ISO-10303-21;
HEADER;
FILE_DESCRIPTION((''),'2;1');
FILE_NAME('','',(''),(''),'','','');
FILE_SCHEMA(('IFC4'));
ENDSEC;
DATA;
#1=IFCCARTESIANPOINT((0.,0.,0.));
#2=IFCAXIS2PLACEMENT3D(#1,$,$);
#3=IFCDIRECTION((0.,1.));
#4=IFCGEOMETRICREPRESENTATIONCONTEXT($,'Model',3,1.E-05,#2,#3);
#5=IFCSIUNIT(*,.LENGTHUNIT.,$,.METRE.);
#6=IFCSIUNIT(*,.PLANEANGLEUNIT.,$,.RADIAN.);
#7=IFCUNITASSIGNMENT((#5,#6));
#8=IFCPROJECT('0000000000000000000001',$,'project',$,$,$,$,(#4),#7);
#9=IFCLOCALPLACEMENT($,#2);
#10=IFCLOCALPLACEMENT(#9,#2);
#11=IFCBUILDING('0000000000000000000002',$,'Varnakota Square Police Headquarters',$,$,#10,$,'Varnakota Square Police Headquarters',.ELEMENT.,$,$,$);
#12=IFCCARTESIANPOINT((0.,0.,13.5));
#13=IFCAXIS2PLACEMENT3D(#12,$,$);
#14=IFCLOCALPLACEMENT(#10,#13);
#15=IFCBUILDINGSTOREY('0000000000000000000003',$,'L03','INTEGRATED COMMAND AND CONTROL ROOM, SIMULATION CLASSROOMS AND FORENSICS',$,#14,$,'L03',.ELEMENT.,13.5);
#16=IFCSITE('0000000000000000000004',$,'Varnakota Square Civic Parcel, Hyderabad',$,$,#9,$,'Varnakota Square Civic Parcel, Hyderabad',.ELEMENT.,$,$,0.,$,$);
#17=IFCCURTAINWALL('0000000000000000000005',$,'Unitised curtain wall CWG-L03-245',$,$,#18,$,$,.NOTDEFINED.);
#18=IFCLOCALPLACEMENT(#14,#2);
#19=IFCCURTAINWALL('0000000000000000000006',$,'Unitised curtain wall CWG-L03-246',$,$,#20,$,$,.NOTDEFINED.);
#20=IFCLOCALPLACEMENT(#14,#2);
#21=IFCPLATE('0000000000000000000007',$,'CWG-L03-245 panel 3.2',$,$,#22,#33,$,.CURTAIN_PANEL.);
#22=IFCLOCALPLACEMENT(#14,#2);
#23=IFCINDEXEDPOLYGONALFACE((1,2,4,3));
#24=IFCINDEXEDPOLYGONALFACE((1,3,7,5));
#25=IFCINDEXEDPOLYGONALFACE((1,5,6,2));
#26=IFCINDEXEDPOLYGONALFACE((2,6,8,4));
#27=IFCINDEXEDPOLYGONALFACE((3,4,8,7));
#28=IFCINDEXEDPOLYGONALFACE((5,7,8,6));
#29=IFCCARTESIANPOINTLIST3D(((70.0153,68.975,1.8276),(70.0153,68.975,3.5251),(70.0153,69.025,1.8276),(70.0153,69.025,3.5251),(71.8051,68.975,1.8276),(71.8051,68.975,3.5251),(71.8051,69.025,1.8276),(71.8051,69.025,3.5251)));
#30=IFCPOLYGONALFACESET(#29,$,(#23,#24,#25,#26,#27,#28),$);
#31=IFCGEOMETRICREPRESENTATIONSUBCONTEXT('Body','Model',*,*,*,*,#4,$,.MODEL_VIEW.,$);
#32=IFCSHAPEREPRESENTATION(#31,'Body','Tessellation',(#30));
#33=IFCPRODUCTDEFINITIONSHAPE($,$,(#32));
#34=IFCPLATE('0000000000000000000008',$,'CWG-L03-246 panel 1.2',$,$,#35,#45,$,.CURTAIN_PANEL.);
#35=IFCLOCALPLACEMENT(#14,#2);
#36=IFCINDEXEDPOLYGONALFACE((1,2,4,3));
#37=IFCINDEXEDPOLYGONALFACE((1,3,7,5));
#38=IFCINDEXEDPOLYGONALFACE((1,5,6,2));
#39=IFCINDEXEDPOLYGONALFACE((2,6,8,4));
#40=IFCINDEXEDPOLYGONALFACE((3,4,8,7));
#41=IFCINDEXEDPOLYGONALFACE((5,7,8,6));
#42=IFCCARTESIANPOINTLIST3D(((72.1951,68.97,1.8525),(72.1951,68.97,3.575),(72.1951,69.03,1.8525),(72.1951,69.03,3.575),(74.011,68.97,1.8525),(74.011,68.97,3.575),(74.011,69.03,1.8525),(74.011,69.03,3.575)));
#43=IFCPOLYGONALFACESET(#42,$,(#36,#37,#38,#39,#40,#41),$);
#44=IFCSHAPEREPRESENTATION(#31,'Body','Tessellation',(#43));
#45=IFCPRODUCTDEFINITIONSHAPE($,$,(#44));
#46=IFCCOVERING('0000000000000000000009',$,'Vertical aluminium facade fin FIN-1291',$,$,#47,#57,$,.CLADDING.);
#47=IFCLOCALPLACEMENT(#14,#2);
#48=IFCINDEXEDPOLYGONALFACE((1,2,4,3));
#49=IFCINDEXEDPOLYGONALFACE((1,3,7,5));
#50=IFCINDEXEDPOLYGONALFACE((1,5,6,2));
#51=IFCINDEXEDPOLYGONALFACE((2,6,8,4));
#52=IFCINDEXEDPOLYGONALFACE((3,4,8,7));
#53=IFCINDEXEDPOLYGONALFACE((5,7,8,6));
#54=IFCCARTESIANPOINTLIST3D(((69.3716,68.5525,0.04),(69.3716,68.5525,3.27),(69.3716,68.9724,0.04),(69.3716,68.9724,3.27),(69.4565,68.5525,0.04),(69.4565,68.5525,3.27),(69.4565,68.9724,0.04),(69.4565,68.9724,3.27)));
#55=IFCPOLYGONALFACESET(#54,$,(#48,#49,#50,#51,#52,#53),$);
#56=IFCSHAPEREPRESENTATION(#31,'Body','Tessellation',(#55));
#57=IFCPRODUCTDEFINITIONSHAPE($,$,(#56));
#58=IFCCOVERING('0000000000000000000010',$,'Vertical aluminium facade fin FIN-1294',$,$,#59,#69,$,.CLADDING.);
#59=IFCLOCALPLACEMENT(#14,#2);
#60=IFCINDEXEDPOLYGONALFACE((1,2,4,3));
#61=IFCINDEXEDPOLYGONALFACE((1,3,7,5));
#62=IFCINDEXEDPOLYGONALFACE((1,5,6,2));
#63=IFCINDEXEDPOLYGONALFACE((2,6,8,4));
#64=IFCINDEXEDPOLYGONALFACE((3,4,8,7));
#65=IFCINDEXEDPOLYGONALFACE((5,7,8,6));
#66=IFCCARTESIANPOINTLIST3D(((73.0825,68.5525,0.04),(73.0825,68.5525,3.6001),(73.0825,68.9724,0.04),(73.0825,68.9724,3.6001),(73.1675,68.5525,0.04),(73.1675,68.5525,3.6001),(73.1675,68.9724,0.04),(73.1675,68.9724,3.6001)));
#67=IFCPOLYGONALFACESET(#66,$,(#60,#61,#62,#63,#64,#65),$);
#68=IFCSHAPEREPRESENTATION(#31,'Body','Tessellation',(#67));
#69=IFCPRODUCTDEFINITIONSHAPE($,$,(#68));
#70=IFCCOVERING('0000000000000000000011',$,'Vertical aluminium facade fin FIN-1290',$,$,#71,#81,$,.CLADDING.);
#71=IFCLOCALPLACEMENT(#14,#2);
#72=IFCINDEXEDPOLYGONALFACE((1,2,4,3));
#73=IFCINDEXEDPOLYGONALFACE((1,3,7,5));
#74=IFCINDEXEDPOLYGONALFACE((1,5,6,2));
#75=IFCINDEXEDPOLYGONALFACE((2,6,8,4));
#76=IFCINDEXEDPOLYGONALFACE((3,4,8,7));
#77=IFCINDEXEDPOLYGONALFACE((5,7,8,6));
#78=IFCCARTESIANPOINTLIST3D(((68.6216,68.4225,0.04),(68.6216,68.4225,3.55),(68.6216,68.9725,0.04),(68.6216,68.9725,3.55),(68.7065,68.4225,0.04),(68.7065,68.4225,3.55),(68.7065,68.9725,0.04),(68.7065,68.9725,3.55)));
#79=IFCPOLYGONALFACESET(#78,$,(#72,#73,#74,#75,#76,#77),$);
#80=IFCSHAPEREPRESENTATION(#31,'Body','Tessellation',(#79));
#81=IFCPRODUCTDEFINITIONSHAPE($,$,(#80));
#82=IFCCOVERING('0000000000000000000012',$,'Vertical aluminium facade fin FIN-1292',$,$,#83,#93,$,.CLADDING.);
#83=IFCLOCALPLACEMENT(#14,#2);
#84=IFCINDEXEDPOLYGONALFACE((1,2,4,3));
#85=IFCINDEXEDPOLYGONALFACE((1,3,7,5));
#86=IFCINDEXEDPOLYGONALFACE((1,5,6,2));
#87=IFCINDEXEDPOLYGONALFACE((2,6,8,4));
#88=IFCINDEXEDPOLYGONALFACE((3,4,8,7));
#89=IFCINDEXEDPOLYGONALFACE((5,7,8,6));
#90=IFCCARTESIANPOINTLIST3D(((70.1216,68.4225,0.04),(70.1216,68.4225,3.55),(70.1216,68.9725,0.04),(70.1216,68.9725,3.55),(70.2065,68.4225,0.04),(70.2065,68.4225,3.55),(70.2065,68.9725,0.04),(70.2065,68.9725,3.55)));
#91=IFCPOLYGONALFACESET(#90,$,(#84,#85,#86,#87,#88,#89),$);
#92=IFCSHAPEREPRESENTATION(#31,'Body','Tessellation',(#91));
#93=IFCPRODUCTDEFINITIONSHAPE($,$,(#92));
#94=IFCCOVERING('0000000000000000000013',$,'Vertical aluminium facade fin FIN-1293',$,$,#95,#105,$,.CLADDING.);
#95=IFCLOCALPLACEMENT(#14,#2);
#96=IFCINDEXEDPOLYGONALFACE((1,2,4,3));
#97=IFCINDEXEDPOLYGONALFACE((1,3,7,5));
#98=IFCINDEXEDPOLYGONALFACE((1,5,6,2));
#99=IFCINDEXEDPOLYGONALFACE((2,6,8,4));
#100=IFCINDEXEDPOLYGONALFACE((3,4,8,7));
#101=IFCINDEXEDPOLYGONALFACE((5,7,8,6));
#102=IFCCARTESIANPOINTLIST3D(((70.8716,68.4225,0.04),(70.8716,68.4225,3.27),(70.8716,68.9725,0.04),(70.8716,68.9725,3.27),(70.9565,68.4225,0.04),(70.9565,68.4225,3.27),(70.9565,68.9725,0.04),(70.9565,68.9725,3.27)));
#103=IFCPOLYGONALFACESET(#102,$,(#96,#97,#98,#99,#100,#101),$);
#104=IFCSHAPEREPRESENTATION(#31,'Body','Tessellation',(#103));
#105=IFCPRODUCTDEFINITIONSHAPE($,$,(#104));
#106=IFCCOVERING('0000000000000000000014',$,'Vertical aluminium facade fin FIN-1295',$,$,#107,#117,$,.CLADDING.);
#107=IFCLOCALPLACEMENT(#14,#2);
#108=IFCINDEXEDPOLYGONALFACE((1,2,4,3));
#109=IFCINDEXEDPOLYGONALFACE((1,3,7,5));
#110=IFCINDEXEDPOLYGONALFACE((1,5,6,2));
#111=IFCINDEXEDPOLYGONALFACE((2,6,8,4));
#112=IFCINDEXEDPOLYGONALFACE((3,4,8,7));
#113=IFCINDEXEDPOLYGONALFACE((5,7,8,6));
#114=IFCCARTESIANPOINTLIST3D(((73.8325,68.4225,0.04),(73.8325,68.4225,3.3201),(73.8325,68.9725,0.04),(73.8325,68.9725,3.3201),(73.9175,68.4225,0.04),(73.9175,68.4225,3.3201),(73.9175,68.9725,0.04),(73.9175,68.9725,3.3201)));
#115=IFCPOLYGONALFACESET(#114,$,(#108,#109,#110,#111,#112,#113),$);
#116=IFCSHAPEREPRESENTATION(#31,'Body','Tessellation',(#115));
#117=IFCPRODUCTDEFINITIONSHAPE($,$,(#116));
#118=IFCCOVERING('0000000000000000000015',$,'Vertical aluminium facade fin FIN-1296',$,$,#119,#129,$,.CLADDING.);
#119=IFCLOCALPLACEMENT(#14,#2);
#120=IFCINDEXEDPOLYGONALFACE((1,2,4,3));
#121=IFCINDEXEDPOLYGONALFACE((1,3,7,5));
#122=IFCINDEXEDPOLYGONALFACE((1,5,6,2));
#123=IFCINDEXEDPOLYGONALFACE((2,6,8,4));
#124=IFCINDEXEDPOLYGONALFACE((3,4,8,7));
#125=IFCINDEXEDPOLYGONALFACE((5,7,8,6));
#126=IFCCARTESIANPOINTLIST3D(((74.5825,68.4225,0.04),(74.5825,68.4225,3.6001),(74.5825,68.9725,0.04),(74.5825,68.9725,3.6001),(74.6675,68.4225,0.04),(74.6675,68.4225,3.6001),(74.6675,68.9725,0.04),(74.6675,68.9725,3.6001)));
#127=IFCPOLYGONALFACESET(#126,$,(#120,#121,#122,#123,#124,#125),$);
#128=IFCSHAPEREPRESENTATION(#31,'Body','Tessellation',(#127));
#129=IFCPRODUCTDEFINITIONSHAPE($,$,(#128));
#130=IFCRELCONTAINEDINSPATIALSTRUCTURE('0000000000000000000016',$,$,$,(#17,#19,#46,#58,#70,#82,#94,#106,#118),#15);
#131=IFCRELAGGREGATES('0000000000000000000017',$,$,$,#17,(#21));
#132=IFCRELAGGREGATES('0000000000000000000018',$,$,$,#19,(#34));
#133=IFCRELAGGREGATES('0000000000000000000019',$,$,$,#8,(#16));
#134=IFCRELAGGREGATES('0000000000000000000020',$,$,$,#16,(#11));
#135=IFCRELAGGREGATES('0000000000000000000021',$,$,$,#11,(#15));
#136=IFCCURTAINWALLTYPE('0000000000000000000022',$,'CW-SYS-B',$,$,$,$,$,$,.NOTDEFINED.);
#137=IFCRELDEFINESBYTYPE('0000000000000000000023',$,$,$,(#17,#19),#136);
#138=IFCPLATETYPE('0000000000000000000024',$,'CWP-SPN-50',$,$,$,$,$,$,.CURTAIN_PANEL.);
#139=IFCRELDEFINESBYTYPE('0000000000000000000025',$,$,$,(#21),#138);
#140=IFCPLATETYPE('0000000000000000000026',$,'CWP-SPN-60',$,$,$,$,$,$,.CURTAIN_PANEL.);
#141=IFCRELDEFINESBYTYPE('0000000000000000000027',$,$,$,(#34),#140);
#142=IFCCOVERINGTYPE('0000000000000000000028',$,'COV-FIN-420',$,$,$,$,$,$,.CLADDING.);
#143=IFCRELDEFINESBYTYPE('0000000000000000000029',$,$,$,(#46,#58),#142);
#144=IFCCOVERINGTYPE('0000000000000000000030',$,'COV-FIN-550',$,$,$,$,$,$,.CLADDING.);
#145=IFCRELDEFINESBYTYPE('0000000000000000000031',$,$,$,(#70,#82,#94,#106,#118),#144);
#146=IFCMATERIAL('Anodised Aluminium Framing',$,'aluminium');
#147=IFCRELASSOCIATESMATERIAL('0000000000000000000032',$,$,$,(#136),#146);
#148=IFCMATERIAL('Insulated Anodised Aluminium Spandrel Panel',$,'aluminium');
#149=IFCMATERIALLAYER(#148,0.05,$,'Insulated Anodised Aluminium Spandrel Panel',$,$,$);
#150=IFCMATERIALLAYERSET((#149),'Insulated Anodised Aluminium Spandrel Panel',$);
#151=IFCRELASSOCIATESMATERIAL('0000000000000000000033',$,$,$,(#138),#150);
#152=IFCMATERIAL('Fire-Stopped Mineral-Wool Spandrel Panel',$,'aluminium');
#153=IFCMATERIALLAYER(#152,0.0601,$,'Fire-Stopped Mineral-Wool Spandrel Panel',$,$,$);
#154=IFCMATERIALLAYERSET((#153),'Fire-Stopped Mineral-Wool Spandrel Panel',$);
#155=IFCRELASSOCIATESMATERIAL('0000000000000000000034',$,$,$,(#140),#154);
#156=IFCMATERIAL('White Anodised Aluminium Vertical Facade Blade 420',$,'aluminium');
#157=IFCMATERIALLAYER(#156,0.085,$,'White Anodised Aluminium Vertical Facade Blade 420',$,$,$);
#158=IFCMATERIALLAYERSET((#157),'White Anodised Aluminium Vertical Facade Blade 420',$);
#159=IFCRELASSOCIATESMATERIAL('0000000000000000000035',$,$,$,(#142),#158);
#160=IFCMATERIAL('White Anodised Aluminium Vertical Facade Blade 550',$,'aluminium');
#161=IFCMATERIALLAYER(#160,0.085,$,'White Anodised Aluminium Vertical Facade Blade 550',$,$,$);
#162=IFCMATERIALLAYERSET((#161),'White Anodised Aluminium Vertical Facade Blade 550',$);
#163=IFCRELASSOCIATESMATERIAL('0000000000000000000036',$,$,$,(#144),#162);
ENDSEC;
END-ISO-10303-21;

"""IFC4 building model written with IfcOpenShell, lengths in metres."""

from ifc_helpers import new_model, si_unit, direction, frame, origin, origin_2d, place, context, subcontext, project, spatial, rectangle, extrude, material, layer, layer_set, type_object, element, aggregate, save


model = new_model("IFC4")

# Units and contexts
model_context = context("Model", 3, precision=1e-05, world=origin(), true_north=direction((0.0, 1.0)))
body_context = subcontext(model_context, "Body", "Model", "MODEL_VIEW")
ifc_project = project(units=[si_unit("LENGTHUNIT", "METRE"), si_unit("PLANEANGLEUNIT", "RADIAN")], contexts=[model_context])

# Site, building, storey
site_placement = place(None, origin())
site = spatial("IfcSite", under=ifc_project, at=site_placement, Name="Varnakota Square Civic Parcel, Hyderabad", LongName="Varnakota Square Civic Parcel, Hyderabad", CompositionType="ELEMENT", RefElevation=0.0)
building_placement = place(site_placement, origin())
building = spatial("IfcBuilding", under=site, at=building_placement, Name="Varnakota Square Police Headquarters", LongName="Varnakota Square Police Headquarters", CompositionType="ELEMENT")
storey_placement = place(building_placement, frame((0.0, 0.0, 13.5)))
storey = spatial("IfcBuildingStorey", under=building, at=storey_placement, Name="L03", Description="INTEGRATED COMMAND AND CONTROL ROOM, SIMULATION CLASSROOMS AND FORENSICS", LongName="L03", CompositionType="ELEMENT", Elevation=13.5)

# Curtain walls
ifc_material_1 = material(Name="Anodised Aluminium Framing", Category="aluminium")
curtain_wall_type = type_object("IfcCurtainWallType", Name="CW-SYS-B", PredefinedType="NOTDEFINED", material=ifc_material_1)
curtain_wall_1_placement = place(storey_placement, origin())
curtain_wall_1 = element("IfcCurtainWall", 1, at=curtain_wall_1_placement, inside=storey, type_object=curtain_wall_type, Name="Unitised curtain wall CWG-L03-245", PredefinedType="NOTDEFINED")
curtain_wall_2_placement = place(storey_placement, origin())
curtain_wall_2 = element("IfcCurtainWall", 2, at=curtain_wall_2_placement, inside=storey, type_object=curtain_wall_type, Name="Unitised curtain wall CWG-L03-246", PredefinedType="NOTDEFINED")

# Plates
ifc_material_2 = material(Name="Insulated Anodised Aluminium Spandrel Panel", Category="aluminium")
ifc_layer_1 = layer(ifc_material_2, 0.05, Name="Insulated Anodised Aluminium Spandrel Panel")
ifc_layer_set_1 = layer_set([ifc_layer_1], Name="Insulated Anodised Aluminium Spandrel Panel")
plate_type_1 = type_object("IfcPlateType", Name="CWP-SPN-50", PredefinedType="CURTAIN_PANEL", material=ifc_layer_set_1)
plate_1_placement = place(storey_placement, frame((70.9102, 69.0, 1.8276), z_axis=(0.0, 0.0, 1.0), x_axis=(1.0, 0.0, 0.0)))
plate_1 = element("IfcPlate", 3, at=plate_1_placement, type_object=plate_type_1, Name="CWG-L03-245 panel 3.2", PredefinedType="CURTAIN_PANEL", context=body_context, shape_type="SweptSolid", body=[
    extrude(rectangle(XDim=1.7898, YDim=0.05, at=origin_2d()), origin(), (0.0, 0.0, 1.0), 1.6975),
])
aggregate(curtain_wall_1, [plate_1])
ifc_material_3 = material(Name="Fire-Stopped Mineral-Wool Spandrel Panel", Category="aluminium")
ifc_layer_2 = layer(ifc_material_3, 0.0601, Name="Fire-Stopped Mineral-Wool Spandrel Panel")
ifc_layer_set_2 = layer_set([ifc_layer_2], Name="Fire-Stopped Mineral-Wool Spandrel Panel")
plate_type_2 = type_object("IfcPlateType", Name="CWP-SPN-60", PredefinedType="CURTAIN_PANEL", material=ifc_layer_set_2)
plate_2_placement = place(storey_placement, frame((73.103, 69.0, 1.8525), z_axis=(0.0, 0.0, 1.0), x_axis=(1.0, 0.0, 0.0)))
plate_2 = element("IfcPlate", 4, at=plate_2_placement, type_object=plate_type_2, Name="CWG-L03-246 panel 1.2", PredefinedType="CURTAIN_PANEL", context=body_context, shape_type="SweptSolid", body=[
    extrude(rectangle(XDim=1.8159, YDim=0.0601, at=origin_2d()), origin(), (0.0, 0.0, 1.0), 1.7224),
])
aggregate(curtain_wall_2, [plate_2])

# Coverings
ifc_material_4 = material(Name="White Anodised Aluminium Vertical Facade Blade 420", Category="aluminium")
ifc_layer_3 = layer(ifc_material_4, 0.085, Name="White Anodised Aluminium Vertical Facade Blade 420")
ifc_layer_set_3 = layer_set([ifc_layer_3], Name="White Anodised Aluminium Vertical Facade Blade 420")
covering_type_1 = type_object("IfcCoveringType", Name="COV-FIN-420", PredefinedType="CLADDING", material=ifc_layer_set_3)
covering_1_placement = place(storey_placement, frame((69.4141, 68.7625, 0.04), z_axis=(0.0, 0.0, 1.0), x_axis=(1.0, 0.0, 0.0)))
element("IfcCovering", 5, at=covering_1_placement, inside=storey, type_object=covering_type_1, Name="Vertical aluminium facade fin FIN-1291", PredefinedType="CLADDING", context=body_context, shape_type="SweptSolid", body=[
    extrude(rectangle(XDim=0.085, YDim=0.4199, at=origin_2d()), origin(), (0.0, 0.0, 1.0), 3.23),
])
covering_2_placement = place(storey_placement, frame((73.125, 68.7625, 0.04), z_axis=(0.0, 0.0, 1.0), x_axis=(1.0, 0.0, 0.0)))
element("IfcCovering", 6, at=covering_2_placement, inside=storey, type_object=covering_type_1, Name="Vertical aluminium facade fin FIN-1294", PredefinedType="CLADDING", context=body_context, shape_type="SweptSolid", body=[
    extrude(rectangle(XDim=0.085, YDim=0.4199, at=origin_2d()), origin(), (0.0, 0.0, 1.0), 3.5601),
])
ifc_material_5 = material(Name="White Anodised Aluminium Vertical Facade Blade 550", Category="aluminium")
ifc_layer_4 = layer(ifc_material_5, 0.085, Name="White Anodised Aluminium Vertical Facade Blade 550")
ifc_layer_set_4 = layer_set([ifc_layer_4], Name="White Anodised Aluminium Vertical Facade Blade 550")
covering_type_2 = type_object("IfcCoveringType", Name="COV-FIN-550", PredefinedType="CLADDING", material=ifc_layer_set_4)
for number, where, z_axis, x_axis, name in (
    (7, (68.6641, 68.6975, 0.04), (0.0, 0.0, 1.0), (1.0, 0.0, 0.0), "Vertical aluminium facade fin FIN-1290"),
    (8, (70.1641, 68.6975, 0.04), (0.0, 0.0, 1.0), (1.0, 0.0, 0.0), "Vertical aluminium facade fin FIN-1292"),
):
    element("IfcCovering", number, at=place(storey_placement, frame(where, z_axis=z_axis, x_axis=x_axis)), inside=storey, type_object=covering_type_2, Name=name, PredefinedType="CLADDING", context=body_context, shape_type="SweptSolid", body=[
        extrude(rectangle(XDim=0.085, YDim=0.55, at=origin_2d()), origin(), (0.0, 0.0, 1.0), 3.51),
    ])
covering_3_placement = place(storey_placement, frame((70.9141, 68.6975, 0.04), z_axis=(0.0, 0.0, 1.0), x_axis=(1.0, 0.0, 0.0)))
element("IfcCovering", 9, at=covering_3_placement, inside=storey, type_object=covering_type_2, Name="Vertical aluminium facade fin FIN-1293", PredefinedType="CLADDING", context=body_context, shape_type="SweptSolid", body=[
    extrude(rectangle(XDim=0.085, YDim=0.55, at=origin_2d()), origin(), (0.0, 0.0, 1.0), 3.23),
])
covering_4_placement = place(storey_placement, frame((73.875, 68.6975, 0.04), z_axis=(0.0, 0.0, 1.0), x_axis=(1.0, 0.0, 0.0)))
element("IfcCovering", 10, at=covering_4_placement, inside=storey, type_object=covering_type_2, Name="Vertical aluminium facade fin FIN-1295", PredefinedType="CLADDING", context=body_context, shape_type="SweptSolid", body=[
    extrude(rectangle(XDim=0.085, YDim=0.55, at=origin_2d()), origin(), (0.0, 0.0, 1.0), 3.28),
])
covering_5_placement = place(storey_placement, frame((74.625, 68.6975, 0.04), z_axis=(0.0, 0.0, 1.0), x_axis=(1.0, 0.0, 0.0)))
element("IfcCovering", 11, at=covering_5_placement, inside=storey, type_object=covering_type_2, Name="Vertical aluminium facade fin FIN-1296", PredefinedType="CLADDING", context=body_context, shape_type="SweptSolid", body=[
    extrude(rectangle(XDim=0.085, YDim=0.55, at=origin_2d()), origin(), (0.0, 0.0, 1.0), 3.5601),
])

save(model, "model.ifc")
